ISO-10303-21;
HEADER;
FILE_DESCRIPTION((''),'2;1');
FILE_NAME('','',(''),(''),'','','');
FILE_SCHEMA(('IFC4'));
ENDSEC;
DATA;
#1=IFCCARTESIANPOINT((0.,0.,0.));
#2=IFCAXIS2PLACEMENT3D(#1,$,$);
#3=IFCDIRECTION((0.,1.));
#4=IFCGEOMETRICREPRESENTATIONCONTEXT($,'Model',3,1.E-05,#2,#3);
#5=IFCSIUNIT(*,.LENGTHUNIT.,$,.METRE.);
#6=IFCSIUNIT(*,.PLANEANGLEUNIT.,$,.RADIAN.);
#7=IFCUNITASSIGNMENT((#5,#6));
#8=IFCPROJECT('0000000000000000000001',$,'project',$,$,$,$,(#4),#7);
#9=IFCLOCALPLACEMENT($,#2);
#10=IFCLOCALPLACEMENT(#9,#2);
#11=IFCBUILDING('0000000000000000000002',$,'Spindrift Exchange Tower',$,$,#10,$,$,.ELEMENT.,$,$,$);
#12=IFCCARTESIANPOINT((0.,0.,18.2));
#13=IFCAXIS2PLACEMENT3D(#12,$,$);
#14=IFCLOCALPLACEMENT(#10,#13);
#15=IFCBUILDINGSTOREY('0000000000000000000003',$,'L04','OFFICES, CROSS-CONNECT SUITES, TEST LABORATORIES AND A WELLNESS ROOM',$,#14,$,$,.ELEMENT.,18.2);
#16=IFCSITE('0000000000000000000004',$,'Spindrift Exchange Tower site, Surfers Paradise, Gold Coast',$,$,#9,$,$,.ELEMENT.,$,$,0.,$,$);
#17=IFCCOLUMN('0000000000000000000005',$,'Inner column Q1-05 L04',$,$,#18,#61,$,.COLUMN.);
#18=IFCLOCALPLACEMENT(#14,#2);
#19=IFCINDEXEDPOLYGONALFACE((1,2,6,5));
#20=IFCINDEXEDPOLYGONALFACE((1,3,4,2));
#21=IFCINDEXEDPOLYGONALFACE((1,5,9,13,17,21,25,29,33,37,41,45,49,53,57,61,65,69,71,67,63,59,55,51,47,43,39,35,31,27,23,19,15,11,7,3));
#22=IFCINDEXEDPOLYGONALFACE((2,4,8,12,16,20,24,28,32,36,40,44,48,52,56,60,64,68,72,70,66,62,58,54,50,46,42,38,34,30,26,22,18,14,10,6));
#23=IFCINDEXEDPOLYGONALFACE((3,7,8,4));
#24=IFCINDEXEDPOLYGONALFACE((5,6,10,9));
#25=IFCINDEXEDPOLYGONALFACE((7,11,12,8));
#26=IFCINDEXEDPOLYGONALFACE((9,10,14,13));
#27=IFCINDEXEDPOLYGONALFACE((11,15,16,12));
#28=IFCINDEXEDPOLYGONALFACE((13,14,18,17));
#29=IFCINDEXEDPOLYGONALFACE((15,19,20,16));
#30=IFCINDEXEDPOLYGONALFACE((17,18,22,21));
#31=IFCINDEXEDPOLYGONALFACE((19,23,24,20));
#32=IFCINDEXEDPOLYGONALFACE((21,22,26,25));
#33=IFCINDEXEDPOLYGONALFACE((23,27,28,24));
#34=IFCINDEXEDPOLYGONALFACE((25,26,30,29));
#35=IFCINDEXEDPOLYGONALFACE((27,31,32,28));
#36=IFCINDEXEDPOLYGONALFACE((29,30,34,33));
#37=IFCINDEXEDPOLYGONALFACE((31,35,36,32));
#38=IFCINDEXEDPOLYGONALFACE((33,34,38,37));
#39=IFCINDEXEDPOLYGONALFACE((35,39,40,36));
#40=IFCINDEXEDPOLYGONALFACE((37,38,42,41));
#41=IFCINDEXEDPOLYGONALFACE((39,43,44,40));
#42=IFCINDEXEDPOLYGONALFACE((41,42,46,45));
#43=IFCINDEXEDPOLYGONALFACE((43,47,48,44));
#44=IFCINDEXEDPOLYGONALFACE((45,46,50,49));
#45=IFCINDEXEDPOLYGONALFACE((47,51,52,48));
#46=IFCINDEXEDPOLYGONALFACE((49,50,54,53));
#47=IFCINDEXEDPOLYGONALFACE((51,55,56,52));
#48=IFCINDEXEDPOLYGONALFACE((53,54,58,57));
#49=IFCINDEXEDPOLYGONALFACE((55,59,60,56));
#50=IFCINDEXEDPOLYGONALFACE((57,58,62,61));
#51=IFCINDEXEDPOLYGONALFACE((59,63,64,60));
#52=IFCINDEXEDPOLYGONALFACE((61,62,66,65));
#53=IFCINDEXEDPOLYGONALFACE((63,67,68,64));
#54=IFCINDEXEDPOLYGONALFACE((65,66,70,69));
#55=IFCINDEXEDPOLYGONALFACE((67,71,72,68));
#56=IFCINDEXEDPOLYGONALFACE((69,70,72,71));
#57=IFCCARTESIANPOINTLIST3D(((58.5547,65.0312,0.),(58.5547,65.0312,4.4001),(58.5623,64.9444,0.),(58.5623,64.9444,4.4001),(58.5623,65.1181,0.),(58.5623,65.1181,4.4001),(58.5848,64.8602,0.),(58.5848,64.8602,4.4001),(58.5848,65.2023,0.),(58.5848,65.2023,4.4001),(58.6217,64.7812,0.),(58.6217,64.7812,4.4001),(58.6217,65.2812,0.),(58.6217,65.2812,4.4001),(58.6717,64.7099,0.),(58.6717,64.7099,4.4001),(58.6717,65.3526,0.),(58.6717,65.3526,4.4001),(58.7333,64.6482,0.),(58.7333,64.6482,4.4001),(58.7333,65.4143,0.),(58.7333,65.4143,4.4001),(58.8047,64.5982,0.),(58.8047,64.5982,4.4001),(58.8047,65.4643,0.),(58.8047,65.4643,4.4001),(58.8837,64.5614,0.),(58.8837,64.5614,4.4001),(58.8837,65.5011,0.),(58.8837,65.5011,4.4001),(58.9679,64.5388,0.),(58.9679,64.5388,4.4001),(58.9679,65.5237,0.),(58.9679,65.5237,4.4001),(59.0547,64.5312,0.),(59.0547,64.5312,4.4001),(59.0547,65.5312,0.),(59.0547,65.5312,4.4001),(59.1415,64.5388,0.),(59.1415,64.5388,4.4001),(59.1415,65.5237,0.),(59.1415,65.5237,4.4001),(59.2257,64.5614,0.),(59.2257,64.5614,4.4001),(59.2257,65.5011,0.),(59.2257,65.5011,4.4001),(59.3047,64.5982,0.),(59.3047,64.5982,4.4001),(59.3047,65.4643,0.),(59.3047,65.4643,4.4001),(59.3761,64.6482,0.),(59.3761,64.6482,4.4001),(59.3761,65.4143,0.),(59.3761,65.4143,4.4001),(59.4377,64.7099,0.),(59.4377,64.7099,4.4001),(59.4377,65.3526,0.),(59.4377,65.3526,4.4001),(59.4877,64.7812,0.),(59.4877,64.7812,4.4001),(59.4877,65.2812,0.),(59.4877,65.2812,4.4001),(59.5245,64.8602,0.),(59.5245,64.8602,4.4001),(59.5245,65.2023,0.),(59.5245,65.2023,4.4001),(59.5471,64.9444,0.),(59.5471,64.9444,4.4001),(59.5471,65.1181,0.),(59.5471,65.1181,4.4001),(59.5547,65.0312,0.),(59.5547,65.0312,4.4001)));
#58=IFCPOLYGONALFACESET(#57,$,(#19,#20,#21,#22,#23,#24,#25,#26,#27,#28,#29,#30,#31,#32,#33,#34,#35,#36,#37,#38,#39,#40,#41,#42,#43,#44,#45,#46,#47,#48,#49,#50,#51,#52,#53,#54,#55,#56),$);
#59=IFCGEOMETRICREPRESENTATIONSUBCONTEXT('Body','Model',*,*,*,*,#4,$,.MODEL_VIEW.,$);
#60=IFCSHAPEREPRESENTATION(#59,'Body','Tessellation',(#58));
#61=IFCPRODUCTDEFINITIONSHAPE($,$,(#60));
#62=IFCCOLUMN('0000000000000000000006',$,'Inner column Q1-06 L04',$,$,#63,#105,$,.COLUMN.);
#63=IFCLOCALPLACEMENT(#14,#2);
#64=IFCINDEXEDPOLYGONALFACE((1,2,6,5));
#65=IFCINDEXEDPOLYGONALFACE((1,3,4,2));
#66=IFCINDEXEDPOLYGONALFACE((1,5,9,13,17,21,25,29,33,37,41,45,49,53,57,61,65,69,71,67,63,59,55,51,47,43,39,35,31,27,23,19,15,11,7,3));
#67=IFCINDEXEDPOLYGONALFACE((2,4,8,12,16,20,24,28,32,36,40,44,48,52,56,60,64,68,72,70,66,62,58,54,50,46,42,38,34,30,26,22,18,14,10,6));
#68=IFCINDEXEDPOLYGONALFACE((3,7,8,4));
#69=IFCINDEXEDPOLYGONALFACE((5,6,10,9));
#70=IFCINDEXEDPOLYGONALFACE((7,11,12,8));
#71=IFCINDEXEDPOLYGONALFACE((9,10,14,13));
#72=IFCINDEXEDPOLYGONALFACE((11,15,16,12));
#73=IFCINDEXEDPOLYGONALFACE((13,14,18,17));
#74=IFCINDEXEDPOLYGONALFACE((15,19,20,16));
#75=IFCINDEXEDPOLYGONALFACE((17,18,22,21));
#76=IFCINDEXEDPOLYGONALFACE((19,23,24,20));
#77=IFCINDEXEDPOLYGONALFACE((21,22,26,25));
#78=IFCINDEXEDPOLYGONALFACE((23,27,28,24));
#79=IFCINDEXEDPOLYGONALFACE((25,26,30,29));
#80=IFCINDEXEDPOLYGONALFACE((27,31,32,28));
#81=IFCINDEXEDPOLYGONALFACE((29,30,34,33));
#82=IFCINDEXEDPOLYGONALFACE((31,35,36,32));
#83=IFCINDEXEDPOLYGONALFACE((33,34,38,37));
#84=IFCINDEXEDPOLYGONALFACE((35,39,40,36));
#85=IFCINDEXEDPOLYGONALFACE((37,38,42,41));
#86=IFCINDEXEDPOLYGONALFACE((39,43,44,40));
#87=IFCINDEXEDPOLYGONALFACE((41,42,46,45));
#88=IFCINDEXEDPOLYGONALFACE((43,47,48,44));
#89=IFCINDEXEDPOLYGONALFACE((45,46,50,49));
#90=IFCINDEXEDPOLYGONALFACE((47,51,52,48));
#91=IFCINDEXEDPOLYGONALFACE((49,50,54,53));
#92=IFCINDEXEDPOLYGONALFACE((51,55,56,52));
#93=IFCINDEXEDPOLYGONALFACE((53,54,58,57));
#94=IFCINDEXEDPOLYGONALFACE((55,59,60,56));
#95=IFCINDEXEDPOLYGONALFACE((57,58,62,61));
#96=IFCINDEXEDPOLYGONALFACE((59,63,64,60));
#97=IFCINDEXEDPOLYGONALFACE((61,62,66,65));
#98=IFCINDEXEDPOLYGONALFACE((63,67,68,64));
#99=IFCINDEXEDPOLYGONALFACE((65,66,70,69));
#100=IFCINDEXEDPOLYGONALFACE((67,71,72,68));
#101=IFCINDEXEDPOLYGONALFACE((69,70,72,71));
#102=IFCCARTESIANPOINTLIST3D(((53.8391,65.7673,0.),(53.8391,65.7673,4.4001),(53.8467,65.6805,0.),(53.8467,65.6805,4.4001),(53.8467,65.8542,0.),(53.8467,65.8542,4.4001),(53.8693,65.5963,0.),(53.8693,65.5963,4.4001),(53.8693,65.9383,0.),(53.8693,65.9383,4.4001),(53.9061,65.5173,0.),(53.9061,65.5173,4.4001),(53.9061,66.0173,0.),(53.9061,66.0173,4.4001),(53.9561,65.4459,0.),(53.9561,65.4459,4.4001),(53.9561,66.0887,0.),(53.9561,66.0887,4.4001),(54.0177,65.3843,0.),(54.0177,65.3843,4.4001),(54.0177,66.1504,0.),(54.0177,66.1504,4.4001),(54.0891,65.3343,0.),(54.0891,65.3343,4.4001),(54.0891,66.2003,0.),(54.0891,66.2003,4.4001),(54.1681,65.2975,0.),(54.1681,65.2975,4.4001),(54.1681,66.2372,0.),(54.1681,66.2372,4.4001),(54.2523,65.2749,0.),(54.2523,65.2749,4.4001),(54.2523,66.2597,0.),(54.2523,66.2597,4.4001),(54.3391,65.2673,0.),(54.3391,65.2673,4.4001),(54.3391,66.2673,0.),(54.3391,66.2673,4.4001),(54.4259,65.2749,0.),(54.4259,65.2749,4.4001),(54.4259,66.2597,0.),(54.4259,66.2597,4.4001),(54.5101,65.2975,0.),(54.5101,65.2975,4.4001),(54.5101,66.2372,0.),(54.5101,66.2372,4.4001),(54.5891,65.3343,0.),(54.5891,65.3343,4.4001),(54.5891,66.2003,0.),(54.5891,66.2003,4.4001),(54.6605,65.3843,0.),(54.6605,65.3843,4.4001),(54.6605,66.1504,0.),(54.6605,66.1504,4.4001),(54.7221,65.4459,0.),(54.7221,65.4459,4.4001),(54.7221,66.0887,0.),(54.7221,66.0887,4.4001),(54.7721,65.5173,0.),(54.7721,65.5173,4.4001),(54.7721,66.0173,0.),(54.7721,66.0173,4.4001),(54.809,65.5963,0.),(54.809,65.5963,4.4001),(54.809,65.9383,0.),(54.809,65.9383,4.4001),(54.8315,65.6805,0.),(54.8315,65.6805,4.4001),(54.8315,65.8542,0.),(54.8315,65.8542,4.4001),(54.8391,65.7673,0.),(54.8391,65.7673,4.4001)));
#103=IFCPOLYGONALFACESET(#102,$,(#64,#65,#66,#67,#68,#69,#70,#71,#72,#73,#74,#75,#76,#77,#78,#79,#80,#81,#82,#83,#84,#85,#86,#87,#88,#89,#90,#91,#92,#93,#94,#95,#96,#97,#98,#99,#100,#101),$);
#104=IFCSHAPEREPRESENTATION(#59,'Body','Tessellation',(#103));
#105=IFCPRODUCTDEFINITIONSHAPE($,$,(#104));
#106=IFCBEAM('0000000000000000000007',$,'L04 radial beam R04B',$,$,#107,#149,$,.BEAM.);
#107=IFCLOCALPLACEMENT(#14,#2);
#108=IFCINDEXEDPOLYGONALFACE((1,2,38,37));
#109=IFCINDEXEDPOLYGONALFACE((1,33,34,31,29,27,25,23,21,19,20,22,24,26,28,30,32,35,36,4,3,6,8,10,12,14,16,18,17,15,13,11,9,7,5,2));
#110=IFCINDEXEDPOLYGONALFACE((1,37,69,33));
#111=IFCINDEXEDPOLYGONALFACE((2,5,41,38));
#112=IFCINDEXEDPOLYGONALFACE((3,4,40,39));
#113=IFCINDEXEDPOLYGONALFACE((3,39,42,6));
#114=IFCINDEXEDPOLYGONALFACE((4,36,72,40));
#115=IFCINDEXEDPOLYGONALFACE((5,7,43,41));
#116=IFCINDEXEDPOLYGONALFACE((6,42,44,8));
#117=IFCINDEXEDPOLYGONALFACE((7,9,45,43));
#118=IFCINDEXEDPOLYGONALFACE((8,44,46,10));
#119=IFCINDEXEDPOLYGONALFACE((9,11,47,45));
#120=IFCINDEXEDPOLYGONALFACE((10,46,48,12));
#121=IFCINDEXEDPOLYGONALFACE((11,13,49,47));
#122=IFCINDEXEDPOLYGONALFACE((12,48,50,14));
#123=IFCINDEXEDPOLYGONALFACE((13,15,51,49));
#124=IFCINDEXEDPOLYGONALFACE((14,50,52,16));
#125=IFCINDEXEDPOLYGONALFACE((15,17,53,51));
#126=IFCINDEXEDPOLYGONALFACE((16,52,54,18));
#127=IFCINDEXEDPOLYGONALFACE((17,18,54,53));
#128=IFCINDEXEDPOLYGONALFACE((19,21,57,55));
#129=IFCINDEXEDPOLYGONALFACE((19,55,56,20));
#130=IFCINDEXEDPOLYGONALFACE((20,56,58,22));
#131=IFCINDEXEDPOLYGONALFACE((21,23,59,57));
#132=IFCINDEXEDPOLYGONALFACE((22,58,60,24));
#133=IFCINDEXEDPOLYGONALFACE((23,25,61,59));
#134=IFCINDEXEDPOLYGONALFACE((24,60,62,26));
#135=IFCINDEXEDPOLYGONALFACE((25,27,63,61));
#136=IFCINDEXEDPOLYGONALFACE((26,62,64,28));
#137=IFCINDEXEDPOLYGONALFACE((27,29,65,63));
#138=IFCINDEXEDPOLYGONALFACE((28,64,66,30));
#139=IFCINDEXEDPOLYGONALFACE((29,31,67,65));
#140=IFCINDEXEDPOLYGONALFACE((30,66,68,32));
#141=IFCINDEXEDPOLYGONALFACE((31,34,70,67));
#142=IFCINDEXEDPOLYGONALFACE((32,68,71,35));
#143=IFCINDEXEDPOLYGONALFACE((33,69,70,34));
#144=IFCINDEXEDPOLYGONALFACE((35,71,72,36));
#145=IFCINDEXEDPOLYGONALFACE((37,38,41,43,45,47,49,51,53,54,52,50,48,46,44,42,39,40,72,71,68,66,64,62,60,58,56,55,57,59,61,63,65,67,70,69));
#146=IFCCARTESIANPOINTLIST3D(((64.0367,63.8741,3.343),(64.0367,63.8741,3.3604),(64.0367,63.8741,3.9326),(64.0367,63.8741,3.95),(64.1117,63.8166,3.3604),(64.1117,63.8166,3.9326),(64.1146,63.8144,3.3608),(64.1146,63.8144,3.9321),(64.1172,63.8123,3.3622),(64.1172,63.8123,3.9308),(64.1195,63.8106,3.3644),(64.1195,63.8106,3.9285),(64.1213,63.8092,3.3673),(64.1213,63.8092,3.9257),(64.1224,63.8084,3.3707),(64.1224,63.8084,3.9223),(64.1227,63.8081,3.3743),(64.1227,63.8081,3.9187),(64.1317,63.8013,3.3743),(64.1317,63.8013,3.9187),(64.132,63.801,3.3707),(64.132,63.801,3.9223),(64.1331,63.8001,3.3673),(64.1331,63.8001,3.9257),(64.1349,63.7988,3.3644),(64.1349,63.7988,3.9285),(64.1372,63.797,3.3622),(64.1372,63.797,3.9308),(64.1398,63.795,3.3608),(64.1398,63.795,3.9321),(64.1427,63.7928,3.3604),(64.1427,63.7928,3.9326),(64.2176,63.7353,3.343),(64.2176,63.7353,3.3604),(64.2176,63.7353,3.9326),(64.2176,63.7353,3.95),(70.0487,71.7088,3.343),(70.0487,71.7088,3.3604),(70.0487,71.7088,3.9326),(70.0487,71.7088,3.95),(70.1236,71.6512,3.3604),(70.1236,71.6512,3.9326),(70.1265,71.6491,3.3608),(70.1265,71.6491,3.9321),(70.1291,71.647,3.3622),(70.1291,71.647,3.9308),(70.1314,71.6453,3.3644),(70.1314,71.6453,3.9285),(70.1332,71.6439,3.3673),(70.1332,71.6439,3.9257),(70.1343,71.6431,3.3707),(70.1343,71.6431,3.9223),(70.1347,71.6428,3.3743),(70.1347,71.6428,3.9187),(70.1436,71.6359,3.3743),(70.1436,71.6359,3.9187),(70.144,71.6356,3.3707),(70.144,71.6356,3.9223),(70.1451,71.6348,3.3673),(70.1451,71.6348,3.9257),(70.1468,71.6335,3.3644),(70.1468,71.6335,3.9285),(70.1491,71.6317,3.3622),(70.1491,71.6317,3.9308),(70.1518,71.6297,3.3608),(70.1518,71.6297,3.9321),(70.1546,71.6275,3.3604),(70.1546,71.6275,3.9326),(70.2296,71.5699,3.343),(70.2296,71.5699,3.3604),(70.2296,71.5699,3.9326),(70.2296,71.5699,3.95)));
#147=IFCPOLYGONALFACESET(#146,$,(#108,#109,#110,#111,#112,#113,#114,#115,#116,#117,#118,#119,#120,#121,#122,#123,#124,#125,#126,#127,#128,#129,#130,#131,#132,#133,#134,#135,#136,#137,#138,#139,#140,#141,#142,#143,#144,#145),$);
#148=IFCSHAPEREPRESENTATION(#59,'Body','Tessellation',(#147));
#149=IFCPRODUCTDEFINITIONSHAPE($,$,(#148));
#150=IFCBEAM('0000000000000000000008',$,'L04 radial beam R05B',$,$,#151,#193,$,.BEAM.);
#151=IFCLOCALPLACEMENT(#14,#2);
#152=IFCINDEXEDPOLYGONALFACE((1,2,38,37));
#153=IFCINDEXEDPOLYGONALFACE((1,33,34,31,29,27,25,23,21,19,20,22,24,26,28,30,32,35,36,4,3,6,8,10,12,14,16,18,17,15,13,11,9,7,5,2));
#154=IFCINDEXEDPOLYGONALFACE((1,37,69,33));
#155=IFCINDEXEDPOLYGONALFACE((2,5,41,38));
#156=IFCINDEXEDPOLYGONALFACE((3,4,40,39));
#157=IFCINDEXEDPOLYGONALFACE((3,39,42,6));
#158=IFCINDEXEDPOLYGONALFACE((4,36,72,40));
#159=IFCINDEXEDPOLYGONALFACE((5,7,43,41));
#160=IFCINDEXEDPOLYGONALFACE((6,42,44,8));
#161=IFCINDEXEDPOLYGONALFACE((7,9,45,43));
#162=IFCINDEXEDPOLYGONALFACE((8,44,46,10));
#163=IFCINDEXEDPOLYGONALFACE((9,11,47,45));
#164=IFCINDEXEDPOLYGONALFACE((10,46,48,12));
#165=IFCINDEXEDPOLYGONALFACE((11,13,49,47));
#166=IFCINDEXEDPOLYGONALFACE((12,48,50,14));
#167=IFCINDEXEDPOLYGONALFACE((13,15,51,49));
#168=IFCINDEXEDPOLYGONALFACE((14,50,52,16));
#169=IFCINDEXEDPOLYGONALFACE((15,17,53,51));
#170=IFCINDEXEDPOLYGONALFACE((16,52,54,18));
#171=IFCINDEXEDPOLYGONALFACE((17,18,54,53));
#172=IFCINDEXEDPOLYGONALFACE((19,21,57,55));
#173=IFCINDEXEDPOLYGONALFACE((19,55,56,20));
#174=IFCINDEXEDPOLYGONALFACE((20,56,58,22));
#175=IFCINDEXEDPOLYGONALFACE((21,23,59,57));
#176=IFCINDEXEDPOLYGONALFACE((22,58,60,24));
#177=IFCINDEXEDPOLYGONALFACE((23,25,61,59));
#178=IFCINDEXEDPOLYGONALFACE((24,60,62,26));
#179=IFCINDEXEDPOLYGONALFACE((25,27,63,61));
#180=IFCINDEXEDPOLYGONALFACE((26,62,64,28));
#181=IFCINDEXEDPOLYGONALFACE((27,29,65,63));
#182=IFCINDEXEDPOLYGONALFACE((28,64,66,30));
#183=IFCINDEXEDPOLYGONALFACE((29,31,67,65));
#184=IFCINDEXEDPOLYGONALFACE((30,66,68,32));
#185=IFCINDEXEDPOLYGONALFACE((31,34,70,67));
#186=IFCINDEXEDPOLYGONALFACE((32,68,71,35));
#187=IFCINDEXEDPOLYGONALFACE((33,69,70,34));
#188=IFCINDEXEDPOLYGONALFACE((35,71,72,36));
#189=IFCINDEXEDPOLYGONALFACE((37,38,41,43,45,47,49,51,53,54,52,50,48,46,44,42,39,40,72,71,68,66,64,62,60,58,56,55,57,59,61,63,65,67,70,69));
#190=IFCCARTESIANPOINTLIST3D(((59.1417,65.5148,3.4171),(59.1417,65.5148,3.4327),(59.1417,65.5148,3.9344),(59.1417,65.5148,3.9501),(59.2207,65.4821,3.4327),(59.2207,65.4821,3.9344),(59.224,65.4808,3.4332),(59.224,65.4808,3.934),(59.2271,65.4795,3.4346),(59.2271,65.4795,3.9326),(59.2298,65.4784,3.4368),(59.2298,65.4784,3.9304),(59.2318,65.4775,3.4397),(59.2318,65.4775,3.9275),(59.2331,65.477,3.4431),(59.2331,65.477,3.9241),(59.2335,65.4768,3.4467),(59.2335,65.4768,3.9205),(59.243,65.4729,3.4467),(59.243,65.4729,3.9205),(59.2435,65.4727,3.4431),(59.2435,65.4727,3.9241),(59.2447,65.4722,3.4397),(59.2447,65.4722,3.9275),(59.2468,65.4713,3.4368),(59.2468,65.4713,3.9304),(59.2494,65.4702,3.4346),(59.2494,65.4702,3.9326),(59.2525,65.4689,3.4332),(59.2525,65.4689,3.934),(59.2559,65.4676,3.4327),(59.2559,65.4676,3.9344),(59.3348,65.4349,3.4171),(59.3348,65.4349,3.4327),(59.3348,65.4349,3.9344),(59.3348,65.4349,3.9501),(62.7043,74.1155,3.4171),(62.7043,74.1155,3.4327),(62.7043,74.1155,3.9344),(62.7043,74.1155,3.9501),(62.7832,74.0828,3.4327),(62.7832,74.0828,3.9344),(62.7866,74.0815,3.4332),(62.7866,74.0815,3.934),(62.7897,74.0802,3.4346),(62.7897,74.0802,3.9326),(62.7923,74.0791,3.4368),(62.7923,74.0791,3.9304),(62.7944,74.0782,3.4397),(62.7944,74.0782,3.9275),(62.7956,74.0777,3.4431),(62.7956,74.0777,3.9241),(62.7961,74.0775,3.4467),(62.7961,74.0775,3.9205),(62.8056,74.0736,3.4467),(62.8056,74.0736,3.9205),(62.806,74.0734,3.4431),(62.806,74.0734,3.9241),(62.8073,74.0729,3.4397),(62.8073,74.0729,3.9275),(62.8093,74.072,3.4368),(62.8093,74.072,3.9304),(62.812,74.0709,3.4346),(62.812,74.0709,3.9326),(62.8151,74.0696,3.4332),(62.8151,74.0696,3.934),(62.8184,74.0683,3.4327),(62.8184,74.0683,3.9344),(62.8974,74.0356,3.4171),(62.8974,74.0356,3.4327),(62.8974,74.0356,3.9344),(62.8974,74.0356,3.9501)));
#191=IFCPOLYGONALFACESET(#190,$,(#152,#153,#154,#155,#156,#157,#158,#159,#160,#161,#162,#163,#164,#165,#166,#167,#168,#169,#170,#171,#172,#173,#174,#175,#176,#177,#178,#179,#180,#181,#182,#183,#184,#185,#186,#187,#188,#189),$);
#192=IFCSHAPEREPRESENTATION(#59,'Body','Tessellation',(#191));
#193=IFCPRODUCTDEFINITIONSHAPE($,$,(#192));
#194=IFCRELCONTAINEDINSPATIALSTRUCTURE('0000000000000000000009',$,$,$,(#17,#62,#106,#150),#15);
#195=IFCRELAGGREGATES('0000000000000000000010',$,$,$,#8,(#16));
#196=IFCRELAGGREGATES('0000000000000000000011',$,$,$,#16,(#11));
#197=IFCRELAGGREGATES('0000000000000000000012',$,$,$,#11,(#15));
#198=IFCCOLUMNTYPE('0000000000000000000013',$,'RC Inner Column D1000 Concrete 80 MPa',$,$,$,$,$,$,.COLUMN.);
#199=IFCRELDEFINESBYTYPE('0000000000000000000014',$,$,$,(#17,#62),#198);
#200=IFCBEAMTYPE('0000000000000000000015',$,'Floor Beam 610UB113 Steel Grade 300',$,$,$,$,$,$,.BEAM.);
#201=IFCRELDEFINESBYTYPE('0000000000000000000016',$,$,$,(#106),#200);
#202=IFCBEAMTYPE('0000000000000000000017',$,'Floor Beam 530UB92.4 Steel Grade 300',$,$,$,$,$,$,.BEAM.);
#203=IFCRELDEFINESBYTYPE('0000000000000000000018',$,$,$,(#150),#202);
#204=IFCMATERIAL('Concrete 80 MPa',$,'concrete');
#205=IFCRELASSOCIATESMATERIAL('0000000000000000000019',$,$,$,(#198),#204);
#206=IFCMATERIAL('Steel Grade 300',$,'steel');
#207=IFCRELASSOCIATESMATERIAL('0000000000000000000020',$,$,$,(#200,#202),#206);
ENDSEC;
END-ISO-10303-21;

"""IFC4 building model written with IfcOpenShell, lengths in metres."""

from ifc_helpers import new_model, si_unit, direction, frame, origin, origin_2d, place, context, subcontext, project, spatial, circle, i_section, extrude, source, transform, mapped, material, material_profile, profile_set, type_object, element, save


model = new_model("IFC4")

# Units and contexts
model_context = context("Model", 3, precision=1e-05, world=origin(), true_north=direction((0.0, 1.0)))
body_context = subcontext(model_context, "Body", "Model", "MODEL_VIEW")
ifc_project = project(units=[si_unit("LENGTHUNIT", "METRE"), si_unit("PLANEANGLEUNIT", "RADIAN")], contexts=[model_context])

# Site, building, storey
site_placement = place(None, origin())
site = spatial("IfcSite", under=ifc_project, at=site_placement, Name="Spindrift Exchange Tower site, Surfers Paradise, Gold Coast", CompositionType="ELEMENT", RefElevation=0.0)
building_placement = place(site_placement, origin())
building = spatial("IfcBuilding", under=site, at=building_placement, Name="Spindrift Exchange Tower", CompositionType="ELEMENT")
storey_placement = place(building_placement, frame((0.0, 0.0, 18.2)))
storey = spatial("IfcBuildingStorey", under=building, at=storey_placement, Name="L04", Description="OFFICES, CROSS-CONNECT SUITES, TEST LABORATORIES AND A WELLNESS ROOM", CompositionType="ELEMENT", Elevation=18.2)

# Columns
ifc_material_1 = material(Name="Concrete 80 MPa", Category="concrete")
ifc_material_profile_1 = material_profile(ifc_material_1, circle(Radius=0.5, at=origin_2d()), Name="RC D1000")
ifc_profile_set_1 = profile_set([ifc_material_profile_1], Name="Concrete 80 MPa")
column_type_1 = type_object("IfcColumnType", Name="RC Inner Column D1000 Concrete 80 MPa", PredefinedType="COLUMN", material=ifc_profile_set_1)
shared_shape_1 = source(origin(), body_context, "Body", "SweptSolid", [
    extrude(circle(Radius=0.5, at=origin_2d()), origin(), (0.0, 0.0, 1.0), 4.4001),
])
for number, where, z_axis, x_axis, name in (
    (1, (59.0547, 65.0312, 0.0), (0.0, 0.0, 1.0), (1.0, 0.0, 0.0), "Inner column Q1-05 L04"),
    (2, (54.3391, 65.7673, 0.0), (0.0, 0.0, 1.0), (1.0, 0.0, 0.0), "Inner column Q1-06 L04"),
):
    element("IfcColumn", number, at=place(storey_placement, frame(where, z_axis=z_axis, x_axis=x_axis)), inside=storey, type_object=column_type_1, Name=name, PredefinedType="COLUMN", context=body_context, shape_type="MappedRepresentation", body=[
        mapped(shared_shape_1, transform((0.0, 0.0, 0.0), scale=1.0)),
    ])

# Beams
ifc_material_2 = material(Name="Steel Grade 300", Category="steel")
ifc_material_profile_2 = material_profile(ifc_material_2, i_section(OverallWidth=0.228, OverallDepth=0.6069, WebThickness=0.0112, FlangeThickness=0.0173, FilletRadius=0.0139, at=origin_2d()), Name="610UB113")
ifc_profile_set_2 = profile_set([ifc_material_profile_2], Name="Steel Grade 300")
beam_type_1 = type_object("IfcBeamType", Name="Floor Beam 610UB113 Steel Grade 300", PredefinedType="BEAM", material=ifc_profile_set_2)
shared_shape_2 = source(origin(), body_context, "Body", "SweptSolid", [
    extrude(i_section(OverallWidth=0.228, OverallDepth=0.6069, WebThickness=0.0112, FlangeThickness=0.0173, FilletRadius=0.0139, at=origin_2d()), origin(), (0.0, 0.0, 1.0), 9.8755),
])
beam_1_placement = place(storey_placement, frame((64.1272, 63.8047, 3.6465), z_axis=(0.608772, 0.793345, 0.0), x_axis=(-0.793345, 0.608772, 0.0)))
element("IfcBeam", 3, at=beam_1_placement, inside=storey, type_object=beam_type_1, Name="L04 radial beam R04B", PredefinedType="BEAM", context=body_context, shape_type="MappedRepresentation", body=[
    mapped(shared_shape_2, transform((0.0, 0.0, 0.0), scale=1.0)),
])
ifc_material_profile_3 = material_profile(ifc_material_2, i_section(OverallWidth=0.209, OverallDepth=0.533, WebThickness=0.0103, FlangeThickness=0.0156, FilletRadius=0.0139, at=origin_2d()), Name="530UB92.4")
ifc_profile_set_3 = profile_set([ifc_material_profile_3], Name="Steel Grade 300")
beam_type_2 = type_object("IfcBeamType", Name="Floor Beam 530UB92.4 Steel Grade 300", PredefinedType="BEAM", material=ifc_profile_set_3)
shared_shape_3 = source(origin(), body_context, "Body", "SweptSolid", [
    extrude(i_section(OverallWidth=0.209, OverallDepth=0.533, WebThickness=0.0103, FlangeThickness=0.0156, FilletRadius=0.0139, at=origin_2d()), origin(), (0.0, 0.0, 1.0), 9.3093),
])
beam_2_placement = place(storey_placement, frame((59.2383, 65.4749, 3.6836), z_axis=(0.382685, 0.923879, 0.0), x_axis=(-0.923879, 0.382685, 0.0)))
element("IfcBeam", 4, at=beam_2_placement, inside=storey, type_object=beam_type_2, Name="L04 radial beam R05B", PredefinedType="BEAM", context=body_context, shape_type="MappedRepresentation", body=[
    mapped(shared_shape_3, transform((0.0, 0.0, 0.0), scale=1.0)),
])

save(model, "model.ifc")
